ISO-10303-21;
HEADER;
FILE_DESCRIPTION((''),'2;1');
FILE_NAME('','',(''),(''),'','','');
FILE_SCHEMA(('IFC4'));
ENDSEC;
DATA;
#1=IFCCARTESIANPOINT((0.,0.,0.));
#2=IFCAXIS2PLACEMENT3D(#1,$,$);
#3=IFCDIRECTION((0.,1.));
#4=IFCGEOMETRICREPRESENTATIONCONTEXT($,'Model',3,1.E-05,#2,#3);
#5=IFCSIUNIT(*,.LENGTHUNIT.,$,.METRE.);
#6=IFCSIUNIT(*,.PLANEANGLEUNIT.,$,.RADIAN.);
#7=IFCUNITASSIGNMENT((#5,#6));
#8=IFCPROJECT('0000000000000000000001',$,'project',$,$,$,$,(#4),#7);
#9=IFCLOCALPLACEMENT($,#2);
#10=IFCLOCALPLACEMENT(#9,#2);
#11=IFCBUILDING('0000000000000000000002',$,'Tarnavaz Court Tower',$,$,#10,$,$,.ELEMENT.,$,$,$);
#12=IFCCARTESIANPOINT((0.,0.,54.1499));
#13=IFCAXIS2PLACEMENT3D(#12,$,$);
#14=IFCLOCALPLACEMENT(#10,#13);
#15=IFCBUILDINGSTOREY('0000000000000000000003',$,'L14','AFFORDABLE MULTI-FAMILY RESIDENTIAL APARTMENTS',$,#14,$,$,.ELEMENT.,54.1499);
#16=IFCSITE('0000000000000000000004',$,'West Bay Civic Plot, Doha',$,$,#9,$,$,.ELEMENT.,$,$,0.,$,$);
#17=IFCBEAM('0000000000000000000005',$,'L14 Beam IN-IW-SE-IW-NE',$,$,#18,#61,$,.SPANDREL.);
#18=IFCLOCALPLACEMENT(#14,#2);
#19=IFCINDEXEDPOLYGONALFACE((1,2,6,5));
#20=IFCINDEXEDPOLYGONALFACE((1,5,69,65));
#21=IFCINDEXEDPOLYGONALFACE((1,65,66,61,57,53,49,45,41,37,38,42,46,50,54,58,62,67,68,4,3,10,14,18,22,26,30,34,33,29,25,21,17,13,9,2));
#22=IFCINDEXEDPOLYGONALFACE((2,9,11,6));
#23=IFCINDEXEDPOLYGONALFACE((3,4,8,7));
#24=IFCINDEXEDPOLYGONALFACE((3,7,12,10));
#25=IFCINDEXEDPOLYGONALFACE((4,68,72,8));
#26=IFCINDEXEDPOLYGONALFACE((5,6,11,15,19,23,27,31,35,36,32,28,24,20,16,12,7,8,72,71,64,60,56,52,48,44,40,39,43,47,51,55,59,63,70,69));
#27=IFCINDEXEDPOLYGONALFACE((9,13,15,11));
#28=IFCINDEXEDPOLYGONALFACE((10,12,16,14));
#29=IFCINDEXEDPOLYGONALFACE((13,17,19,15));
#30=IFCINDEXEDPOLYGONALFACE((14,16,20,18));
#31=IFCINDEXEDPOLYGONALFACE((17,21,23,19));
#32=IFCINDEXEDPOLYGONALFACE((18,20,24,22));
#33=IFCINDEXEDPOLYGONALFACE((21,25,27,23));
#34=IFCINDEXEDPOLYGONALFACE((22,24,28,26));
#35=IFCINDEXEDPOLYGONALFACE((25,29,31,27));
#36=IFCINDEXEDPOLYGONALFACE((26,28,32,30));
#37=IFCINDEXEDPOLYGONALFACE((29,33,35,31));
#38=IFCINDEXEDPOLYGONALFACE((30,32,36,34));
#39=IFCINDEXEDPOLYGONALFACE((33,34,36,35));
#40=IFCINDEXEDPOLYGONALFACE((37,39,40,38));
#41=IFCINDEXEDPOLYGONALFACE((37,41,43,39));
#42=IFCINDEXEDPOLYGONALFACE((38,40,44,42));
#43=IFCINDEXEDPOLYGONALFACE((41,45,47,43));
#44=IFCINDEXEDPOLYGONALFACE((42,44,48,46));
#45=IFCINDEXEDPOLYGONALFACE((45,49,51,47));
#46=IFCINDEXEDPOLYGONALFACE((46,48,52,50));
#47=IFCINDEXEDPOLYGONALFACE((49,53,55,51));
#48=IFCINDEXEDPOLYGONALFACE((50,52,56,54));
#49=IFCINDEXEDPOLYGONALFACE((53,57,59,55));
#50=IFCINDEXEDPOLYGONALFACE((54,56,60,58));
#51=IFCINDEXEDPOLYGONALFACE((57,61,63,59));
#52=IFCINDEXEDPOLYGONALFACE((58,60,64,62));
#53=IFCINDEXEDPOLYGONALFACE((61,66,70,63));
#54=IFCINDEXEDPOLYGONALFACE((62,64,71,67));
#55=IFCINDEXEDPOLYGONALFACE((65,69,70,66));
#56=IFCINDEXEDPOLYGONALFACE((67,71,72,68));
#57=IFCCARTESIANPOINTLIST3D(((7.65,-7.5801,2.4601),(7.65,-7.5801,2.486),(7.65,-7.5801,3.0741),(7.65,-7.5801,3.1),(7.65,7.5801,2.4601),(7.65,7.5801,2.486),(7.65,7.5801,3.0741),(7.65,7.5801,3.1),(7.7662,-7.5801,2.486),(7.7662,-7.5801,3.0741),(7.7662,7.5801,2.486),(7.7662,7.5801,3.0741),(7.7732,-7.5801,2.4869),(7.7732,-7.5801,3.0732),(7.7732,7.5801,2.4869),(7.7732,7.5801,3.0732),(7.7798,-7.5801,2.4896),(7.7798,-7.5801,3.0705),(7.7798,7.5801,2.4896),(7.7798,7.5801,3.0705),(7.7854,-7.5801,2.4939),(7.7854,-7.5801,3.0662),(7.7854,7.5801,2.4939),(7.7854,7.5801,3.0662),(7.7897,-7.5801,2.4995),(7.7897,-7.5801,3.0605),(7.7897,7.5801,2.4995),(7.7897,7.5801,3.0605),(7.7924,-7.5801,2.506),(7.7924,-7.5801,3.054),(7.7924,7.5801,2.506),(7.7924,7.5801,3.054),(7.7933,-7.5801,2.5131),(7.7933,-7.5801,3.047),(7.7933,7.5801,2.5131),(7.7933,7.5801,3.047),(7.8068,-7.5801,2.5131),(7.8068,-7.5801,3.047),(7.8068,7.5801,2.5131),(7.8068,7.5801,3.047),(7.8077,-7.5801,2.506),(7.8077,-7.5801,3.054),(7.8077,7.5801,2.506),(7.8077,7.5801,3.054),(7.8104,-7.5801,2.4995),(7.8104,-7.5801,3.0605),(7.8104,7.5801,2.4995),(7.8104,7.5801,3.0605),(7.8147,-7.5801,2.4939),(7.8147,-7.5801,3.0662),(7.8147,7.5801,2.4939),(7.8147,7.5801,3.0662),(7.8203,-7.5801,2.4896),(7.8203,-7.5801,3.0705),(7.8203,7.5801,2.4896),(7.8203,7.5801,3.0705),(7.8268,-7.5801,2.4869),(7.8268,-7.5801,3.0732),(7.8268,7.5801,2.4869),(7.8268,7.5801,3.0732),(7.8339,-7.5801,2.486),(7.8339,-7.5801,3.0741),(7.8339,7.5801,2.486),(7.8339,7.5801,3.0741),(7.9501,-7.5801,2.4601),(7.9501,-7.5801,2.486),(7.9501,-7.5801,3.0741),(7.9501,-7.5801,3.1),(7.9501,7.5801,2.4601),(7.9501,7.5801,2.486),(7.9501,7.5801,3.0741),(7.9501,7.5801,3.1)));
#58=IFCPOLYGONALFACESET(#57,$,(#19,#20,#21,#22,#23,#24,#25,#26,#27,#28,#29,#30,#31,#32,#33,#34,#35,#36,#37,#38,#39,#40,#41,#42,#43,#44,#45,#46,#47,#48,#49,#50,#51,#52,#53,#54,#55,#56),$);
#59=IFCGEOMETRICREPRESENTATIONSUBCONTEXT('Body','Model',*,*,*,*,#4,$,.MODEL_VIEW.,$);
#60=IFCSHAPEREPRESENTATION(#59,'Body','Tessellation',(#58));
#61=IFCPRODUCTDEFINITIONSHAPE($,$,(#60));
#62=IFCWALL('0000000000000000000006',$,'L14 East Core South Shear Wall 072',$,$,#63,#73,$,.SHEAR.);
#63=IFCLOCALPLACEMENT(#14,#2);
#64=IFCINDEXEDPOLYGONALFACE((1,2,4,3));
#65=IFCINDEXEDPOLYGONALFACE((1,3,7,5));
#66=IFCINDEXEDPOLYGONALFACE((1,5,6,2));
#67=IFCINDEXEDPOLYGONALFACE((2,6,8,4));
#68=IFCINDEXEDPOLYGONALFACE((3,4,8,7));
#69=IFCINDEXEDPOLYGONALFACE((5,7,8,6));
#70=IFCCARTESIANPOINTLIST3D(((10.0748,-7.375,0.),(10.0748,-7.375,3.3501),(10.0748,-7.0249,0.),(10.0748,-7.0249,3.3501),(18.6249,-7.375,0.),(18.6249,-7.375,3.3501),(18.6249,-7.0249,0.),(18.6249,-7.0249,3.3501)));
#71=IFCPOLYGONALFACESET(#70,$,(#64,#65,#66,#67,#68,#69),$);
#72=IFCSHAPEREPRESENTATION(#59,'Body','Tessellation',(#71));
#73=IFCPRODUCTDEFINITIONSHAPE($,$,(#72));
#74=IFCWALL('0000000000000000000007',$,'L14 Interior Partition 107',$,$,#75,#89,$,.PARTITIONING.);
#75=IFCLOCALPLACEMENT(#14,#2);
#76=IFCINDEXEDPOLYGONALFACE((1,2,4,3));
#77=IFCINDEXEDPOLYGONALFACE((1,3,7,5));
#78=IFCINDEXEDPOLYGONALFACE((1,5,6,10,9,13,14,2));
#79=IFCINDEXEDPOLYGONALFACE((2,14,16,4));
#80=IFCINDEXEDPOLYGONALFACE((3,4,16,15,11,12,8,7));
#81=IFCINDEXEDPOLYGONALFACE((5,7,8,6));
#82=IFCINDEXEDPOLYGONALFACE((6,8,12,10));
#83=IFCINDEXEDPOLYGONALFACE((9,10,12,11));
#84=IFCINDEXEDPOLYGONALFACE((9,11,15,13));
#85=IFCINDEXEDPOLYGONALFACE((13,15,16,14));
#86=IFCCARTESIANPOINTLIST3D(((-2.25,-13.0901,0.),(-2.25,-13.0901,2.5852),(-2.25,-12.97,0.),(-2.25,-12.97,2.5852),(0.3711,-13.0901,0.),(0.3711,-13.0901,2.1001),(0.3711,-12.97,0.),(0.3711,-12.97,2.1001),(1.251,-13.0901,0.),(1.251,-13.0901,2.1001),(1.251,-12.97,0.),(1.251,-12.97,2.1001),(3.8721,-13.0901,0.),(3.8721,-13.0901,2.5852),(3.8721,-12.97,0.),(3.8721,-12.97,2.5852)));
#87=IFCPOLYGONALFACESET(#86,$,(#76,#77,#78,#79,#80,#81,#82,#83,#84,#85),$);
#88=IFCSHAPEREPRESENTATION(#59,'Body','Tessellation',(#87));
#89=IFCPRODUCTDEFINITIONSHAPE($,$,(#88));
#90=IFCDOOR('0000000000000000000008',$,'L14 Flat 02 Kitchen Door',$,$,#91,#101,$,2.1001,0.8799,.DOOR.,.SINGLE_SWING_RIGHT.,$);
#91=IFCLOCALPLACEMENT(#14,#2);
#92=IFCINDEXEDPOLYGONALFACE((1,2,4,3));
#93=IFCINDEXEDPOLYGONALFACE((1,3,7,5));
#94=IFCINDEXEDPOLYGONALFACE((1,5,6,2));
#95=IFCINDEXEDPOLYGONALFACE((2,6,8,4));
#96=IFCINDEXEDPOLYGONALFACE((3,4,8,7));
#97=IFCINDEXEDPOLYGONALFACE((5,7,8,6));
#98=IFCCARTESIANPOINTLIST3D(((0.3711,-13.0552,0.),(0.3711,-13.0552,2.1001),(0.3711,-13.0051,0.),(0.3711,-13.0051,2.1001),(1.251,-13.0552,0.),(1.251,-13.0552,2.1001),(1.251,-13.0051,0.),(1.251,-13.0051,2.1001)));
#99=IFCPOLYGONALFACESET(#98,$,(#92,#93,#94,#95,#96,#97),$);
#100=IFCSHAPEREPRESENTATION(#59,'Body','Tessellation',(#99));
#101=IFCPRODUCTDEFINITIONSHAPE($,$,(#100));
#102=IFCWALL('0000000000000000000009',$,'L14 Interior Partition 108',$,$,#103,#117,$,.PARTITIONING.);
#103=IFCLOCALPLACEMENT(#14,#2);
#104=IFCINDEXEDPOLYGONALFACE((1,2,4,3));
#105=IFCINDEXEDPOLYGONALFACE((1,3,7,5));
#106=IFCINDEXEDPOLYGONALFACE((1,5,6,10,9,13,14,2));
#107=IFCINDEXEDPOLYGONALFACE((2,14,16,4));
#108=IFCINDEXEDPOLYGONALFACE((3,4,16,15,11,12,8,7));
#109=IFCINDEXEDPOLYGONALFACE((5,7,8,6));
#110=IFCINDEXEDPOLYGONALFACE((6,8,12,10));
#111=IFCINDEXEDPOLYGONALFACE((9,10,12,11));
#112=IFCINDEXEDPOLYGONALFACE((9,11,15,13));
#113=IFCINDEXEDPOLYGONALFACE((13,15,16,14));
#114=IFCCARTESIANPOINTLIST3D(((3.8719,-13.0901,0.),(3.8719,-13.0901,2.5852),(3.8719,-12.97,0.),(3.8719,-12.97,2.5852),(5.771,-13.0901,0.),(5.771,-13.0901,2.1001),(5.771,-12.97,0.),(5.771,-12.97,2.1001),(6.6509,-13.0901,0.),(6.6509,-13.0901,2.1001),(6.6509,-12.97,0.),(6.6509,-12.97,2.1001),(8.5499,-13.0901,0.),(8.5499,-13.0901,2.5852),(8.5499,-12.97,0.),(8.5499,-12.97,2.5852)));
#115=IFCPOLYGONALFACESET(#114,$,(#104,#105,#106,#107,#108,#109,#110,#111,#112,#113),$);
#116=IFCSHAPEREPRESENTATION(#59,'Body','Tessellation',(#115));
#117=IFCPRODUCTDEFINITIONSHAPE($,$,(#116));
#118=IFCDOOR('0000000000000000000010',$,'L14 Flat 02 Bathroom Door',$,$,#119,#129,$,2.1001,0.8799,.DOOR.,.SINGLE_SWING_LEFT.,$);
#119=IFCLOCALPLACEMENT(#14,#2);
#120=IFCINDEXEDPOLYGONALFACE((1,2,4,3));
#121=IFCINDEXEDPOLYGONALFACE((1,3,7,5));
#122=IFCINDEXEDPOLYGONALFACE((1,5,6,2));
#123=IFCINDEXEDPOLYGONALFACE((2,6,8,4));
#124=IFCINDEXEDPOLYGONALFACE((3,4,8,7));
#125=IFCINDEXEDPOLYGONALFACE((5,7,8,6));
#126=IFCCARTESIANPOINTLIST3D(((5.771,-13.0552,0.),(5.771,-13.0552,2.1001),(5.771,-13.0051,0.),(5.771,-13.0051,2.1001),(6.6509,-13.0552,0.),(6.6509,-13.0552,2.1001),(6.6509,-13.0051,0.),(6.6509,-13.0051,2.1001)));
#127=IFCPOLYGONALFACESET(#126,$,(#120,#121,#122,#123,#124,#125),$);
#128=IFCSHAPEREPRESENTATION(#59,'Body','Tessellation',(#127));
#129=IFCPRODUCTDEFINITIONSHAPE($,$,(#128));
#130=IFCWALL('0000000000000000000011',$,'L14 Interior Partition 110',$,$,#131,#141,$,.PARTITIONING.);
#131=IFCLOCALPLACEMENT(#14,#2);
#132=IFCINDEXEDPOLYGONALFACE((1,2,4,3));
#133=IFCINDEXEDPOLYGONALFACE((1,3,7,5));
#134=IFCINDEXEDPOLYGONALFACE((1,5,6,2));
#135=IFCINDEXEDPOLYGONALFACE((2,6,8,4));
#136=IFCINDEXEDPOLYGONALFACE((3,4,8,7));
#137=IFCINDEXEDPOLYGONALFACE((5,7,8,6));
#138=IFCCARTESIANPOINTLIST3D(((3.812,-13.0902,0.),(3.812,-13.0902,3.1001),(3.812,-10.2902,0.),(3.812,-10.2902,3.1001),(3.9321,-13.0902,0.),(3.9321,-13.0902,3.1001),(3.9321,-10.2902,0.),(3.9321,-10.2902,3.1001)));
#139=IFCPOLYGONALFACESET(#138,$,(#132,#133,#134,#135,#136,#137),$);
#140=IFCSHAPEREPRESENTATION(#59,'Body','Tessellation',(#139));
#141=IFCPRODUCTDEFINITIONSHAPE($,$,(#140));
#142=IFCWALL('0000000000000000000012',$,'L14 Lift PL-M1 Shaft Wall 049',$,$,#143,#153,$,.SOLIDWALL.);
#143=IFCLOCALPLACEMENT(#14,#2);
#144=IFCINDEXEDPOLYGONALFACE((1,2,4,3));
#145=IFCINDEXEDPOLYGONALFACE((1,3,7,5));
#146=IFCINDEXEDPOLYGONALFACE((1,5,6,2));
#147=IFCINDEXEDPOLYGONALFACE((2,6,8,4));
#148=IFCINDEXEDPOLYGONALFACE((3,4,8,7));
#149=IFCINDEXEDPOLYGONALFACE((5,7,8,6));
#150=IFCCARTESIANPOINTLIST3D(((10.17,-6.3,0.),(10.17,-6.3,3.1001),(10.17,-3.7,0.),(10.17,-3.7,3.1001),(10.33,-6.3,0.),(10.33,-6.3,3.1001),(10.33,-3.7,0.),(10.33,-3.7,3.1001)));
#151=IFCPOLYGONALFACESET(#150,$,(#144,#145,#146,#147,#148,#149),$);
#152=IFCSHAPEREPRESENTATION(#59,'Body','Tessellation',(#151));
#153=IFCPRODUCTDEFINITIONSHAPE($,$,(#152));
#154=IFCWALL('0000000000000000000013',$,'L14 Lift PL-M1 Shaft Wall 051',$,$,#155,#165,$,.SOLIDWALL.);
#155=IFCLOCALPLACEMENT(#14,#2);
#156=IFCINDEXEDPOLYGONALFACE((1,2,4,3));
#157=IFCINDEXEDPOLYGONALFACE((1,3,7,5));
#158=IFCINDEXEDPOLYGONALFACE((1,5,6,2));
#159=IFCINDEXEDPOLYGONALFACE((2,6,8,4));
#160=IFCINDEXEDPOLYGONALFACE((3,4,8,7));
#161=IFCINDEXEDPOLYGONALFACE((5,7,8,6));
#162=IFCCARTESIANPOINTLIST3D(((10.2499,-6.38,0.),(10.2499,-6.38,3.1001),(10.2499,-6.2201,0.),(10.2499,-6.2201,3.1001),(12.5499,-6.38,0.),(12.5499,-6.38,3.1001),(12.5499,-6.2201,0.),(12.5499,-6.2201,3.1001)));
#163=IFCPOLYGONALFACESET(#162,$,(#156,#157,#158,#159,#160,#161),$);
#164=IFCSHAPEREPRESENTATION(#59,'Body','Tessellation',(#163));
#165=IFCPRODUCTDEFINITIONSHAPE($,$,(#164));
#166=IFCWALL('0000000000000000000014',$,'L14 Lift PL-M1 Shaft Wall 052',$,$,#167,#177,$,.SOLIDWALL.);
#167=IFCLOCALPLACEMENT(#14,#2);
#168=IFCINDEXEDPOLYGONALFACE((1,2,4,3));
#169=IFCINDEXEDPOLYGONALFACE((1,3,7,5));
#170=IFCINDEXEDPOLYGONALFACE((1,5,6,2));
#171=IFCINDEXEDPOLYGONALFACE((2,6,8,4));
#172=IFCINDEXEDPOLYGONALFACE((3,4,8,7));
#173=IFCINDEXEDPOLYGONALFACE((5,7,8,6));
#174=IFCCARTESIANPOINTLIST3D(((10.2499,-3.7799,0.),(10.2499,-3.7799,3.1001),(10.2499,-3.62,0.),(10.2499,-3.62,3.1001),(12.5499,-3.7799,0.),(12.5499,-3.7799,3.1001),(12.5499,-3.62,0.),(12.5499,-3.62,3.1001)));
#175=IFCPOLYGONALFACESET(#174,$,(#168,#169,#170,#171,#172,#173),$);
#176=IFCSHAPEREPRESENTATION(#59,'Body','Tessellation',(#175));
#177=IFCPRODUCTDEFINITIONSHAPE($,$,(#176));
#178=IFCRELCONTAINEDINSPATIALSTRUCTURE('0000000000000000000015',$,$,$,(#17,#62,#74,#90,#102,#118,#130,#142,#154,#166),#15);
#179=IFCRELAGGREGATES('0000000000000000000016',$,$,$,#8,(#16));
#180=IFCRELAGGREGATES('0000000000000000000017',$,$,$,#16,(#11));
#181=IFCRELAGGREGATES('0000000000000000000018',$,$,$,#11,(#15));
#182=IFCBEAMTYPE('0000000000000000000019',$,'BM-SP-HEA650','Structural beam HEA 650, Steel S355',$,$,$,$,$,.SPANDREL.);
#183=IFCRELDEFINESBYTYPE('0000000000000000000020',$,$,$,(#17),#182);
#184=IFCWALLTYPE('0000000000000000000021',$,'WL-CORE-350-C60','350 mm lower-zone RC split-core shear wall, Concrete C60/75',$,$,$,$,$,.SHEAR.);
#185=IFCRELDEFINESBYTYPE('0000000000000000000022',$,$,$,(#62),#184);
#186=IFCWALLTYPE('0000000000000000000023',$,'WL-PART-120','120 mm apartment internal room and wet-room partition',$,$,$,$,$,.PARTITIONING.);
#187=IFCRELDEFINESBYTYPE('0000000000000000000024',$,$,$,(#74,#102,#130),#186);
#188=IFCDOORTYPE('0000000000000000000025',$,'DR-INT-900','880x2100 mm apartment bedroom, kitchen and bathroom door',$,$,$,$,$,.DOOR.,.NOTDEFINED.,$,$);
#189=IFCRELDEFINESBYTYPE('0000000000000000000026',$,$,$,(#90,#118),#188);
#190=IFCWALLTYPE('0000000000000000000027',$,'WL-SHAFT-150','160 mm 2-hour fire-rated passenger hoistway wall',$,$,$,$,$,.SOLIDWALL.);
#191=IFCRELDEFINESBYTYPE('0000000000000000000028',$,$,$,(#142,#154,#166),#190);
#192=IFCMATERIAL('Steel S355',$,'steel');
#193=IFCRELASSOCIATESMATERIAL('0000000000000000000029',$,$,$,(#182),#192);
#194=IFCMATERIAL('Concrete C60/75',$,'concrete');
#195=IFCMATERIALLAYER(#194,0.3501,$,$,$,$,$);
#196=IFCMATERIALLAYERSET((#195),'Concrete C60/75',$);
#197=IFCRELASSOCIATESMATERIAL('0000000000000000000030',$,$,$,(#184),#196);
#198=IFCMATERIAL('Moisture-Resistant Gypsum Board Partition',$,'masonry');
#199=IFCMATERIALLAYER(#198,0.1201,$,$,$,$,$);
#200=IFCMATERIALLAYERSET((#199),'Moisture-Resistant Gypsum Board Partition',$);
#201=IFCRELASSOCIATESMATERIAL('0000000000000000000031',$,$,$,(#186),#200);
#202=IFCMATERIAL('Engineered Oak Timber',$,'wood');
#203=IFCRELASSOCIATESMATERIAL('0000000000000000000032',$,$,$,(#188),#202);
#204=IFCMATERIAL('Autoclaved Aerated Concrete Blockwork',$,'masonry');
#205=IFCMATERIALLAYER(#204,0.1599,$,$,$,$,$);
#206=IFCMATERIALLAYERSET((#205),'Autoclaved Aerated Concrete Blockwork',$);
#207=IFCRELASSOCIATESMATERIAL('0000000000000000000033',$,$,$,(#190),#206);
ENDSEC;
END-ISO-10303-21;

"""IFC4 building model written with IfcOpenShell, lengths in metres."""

from ifc_helpers import new_model, si_unit, direction, frame, frame_2d, origin, origin_2d, place, context, subcontext, project, spatial, rectangle, i_section, extrude, material, layer, layer_set, material_profile, profile_set, type_object, element, fill, save


model = new_model("IFC4")

# Units and contexts
model_context = context("Model", 3, precision=1e-05, world=origin(), true_north=direction((0.0, 1.0)))
body_context = subcontext(model_context, "Body", "Model", "MODEL_VIEW")
ifc_project = project(units=[si_unit("LENGTHUNIT", "METRE"), si_unit("PLANEANGLEUNIT", "RADIAN")], contexts=[model_context])

# Site, building, storey
site_placement = place(None, origin())
site = spatial("IfcSite", under=ifc_project, at=site_placement, Name="West Bay Civic Plot, Doha", CompositionType="ELEMENT", RefElevation=0.0)
building_placement = place(site_placement, origin())
building = spatial("IfcBuilding", under=site, at=building_placement, Name="Tarnavaz Court Tower", CompositionType="ELEMENT")
storey_placement = place(building_placement, frame((0.0, 0.0, 54.1499)))
storey = spatial("IfcBuildingStorey", under=building, at=storey_placement, Name="L14", Description="AFFORDABLE MULTI-FAMILY RESIDENTIAL APARTMENTS", CompositionType="ELEMENT", Elevation=54.1499)

# Shared definitions
ifc_material_1 = material(Name="Concrete C60/75", Category="concrete")

# Beam
ifc_material_2 = material(Name="Steel S355", Category="steel")
ifc_material_profile_1 = material_profile(ifc_material_2, i_section(OverallWidth=0.3, OverallDepth=0.6399, WebThickness=0.0134, FlangeThickness=0.0259, FilletRadius=0.0271, at=origin_2d()), Name="HEA 650")
ifc_profile_set_1 = profile_set([ifc_material_profile_1], Name="Steel S355")
beam_type_1 = type_object("IfcBeamType", Name="BM-SP-HEA650", Description="Structural beam HEA 650, Steel S355", PredefinedType="SPANDREL", material=ifc_profile_set_1)
beam_1_placement = place(storey_placement, frame((7.8, -7.5801, 2.78), z_axis=(0.0, 1.0, 0.0), x_axis=(-1.0, 0.0, 0.0)))
element("IfcBeam", 1, at=beam_1_placement, inside=storey, type_object=beam_type_1, Name="L14 Beam IN-IW-SE-IW-NE", PredefinedType="SPANDREL", context=body_context, shape_type="SweptSolid", body=[
    extrude(i_section(OverallWidth=0.3, OverallDepth=0.6399, WebThickness=0.0134, FlangeThickness=0.0259, FilletRadius=0.0271, at=origin_2d()), origin(), (0.0, 0.0, 1.0), 15.1602),
])

# Wall
ifc_layer_1 = layer(ifc_material_1, 0.3501)
ifc_layer_set_1 = layer_set([ifc_layer_1], Name="Concrete C60/75")
wall_type_1 = type_object("IfcWallType", Name="WL-CORE-350-C60", Description="350 mm lower-zone RC split-core shear wall, Concrete C60/75", PredefinedType="SHEAR", material=ifc_layer_set_1)
wall_1_placement = place(storey_placement, frame((10.075, -7.2, 0.0), z_axis=(0.0, 0.0, 1.0), x_axis=(1.0, 0.0, 0.0)))
element("IfcWall", 2, at=wall_1_placement, inside=storey, type_object=wall_type_1, Name="L14 East Core South Shear Wall 072", PredefinedType="SHEAR", context=body_context, shape_type="SweptSolid", body=[
    extrude(rectangle(XDim=8.55, YDim=0.3501, at=frame_2d((4.2749, 0.0))), origin(), (0.0, 0.0, 1.0), 3.3501),
])

# Shared definitions
ifc_material_3 = material(Name="Engineered Oak Timber", Category="wood")

# Walls, openings, doors
ifc_material_4 = material(Name="Moisture-Resistant Gypsum Board Partition", Category="masonry")
ifc_layer_2 = layer(ifc_material_4, 0.1201)
ifc_layer_set_2 = layer_set([ifc_layer_2], Name="Moisture-Resistant Gypsum Board Partition")
wall_type_2 = type_object("IfcWallType", Name="WL-PART-120", Description="120 mm apartment internal room and wet-room partition", PredefinedType="PARTITIONING", material=ifc_layer_set_2)
wall_2_placement = place(storey_placement, frame((-2.25, -13.03, 0.0), z_axis=(0.0, 0.0, 1.0), x_axis=(1.0, 0.0, 0.0)))
wall_2 = element("IfcWall", 3, at=wall_2_placement, inside=storey, type_object=wall_type_2, Name="L14 Interior Partition 107", PredefinedType="PARTITIONING", context=body_context, shape_type="SweptSolid", body=[
    extrude(rectangle(XDim=6.1221, YDim=0.1201, at=frame_2d((3.061, 0.0))), origin(), (0.0, 0.0, 1.0), 2.5852),
])
opening_1_placement = place(wall_2_placement, frame((2.6211, 0.0, 0.0)))
opening_1 = element("IfcOpeningElement", 4, at=opening_1_placement, cuts=wall_2, PredefinedType="OPENING", context=body_context, shape_type="SweptSolid", body=[
    extrude(rectangle(XDim=0.8799, YDim=2.1001, at=frame_2d((0.4399, 1.05))), frame((0.0, 0.0701, 0.0), z_axis=(0.0, -1.0, 0.0), x_axis=(1.0, 0.0, 0.0)), (0.0, 0.0, 1.0), 0.1401),
])
door_type_1 = type_object("IfcDoorType", Name="DR-INT-900", Description="880x2100 mm apartment bedroom, kitchen and bathroom door", OperationType="NOTDEFINED", PredefinedType="DOOR", material=ifc_material_3)
door_1_placement = place(opening_1_placement, origin())
door_1 = element("IfcDoor", 5, at=door_1_placement, inside=storey, type_object=door_type_1, Name="L14 Flat 02 Kitchen Door", OperationType="SINGLE_SWING_RIGHT", OverallHeight=2.1001, OverallWidth=0.8799, PredefinedType="DOOR", context=body_context, shape_type="SweptSolid", body=[
    extrude(rectangle(XDim=0.8799, YDim=2.1001, at=frame_2d((0.4399, 1.05))), frame((0.0, 0.0249, 0.0), z_axis=(0.0, -1.0, 0.0), x_axis=(1.0, 0.0, 0.0)), (0.0, 0.0, 1.0), 0.05),
])
fill(opening_1, door_1)
wall_3_placement = place(storey_placement, frame((3.8721, -13.03, 0.0), z_axis=(0.0, 0.0, 1.0), x_axis=(1.0, 0.0, 0.0)))
wall_3 = element("IfcWall", 6, at=wall_3_placement, inside=storey, type_object=wall_type_2, Name="L14 Interior Partition 108", PredefinedType="PARTITIONING", context=body_context, shape_type="SweptSolid", body=[
    extrude(rectangle(XDim=4.678, YDim=0.1201, at=frame_2d((2.3389, 0.0))), origin(), (0.0, 0.0, 1.0), 2.5852),
])
opening_2_placement = place(wall_3_placement, frame((1.8989, 0.0, 0.0)))
opening_2 = element("IfcOpeningElement", 7, at=opening_2_placement, cuts=wall_3, PredefinedType="OPENING", context=body_context, shape_type="SweptSolid", body=[
    extrude(rectangle(XDim=0.8799, YDim=2.1001, at=frame_2d((0.4399, 1.05))), frame((0.0, 0.0701, 0.0), z_axis=(0.0, -1.0, 0.0), x_axis=(1.0, 0.0, 0.0)), (0.0, 0.0, 1.0), 0.1401),
])
door_2_placement = place(opening_2_placement, origin())
door_2 = element("IfcDoor", 8, at=door_2_placement, inside=storey, type_object=door_type_1, Name="L14 Flat 02 Bathroom Door", OperationType="SINGLE_SWING_LEFT", OverallHeight=2.1001, OverallWidth=0.8799, PredefinedType="DOOR", context=body_context, shape_type="SweptSolid", body=[
    extrude(rectangle(XDim=0.8799, YDim=2.1001, at=frame_2d((0.4399, 1.05))), frame((0.0, 0.0249, 0.0), z_axis=(0.0, -1.0, 0.0), x_axis=(1.0, 0.0, 0.0)), (0.0, 0.0, 1.0), 0.05),
])
fill(opening_2, door_2)

# Walls
wall_4_placement = place(storey_placement, frame((3.8721, -13.0901, 0.0), z_axis=(0.0, 0.0, 1.0), x_axis=(0.0, 1.0, 0.0)))
element("IfcWall", 9, at=wall_4_placement, inside=storey, type_object=wall_type_2, Name="L14 Interior Partition 110", PredefinedType="PARTITIONING", context=body_context, shape_type="SweptSolid", body=[
    extrude(rectangle(XDim=2.8, YDim=0.1201, at=frame_2d((1.3999, 0.0))), origin(), (0.0, 0.0, 1.0), 3.1001),
])
ifc_material_5 = material(Name="Autoclaved Aerated Concrete Blockwork", Category="masonry")
ifc_layer_3 = layer(ifc_material_5, 0.1599)
ifc_layer_set_3 = layer_set([ifc_layer_3], Name="Autoclaved Aerated Concrete Blockwork")
wall_type_3 = type_object("IfcWallType", Name="WL-SHAFT-150", Description="160 mm 2-hour fire-rated passenger hoistway wall", PredefinedType="SOLIDWALL", material=ifc_layer_set_3)
wall_5_placement = place(storey_placement, frame((10.25, -6.3, 0.0), z_axis=(0.0, 0.0, 1.0), x_axis=(0.0, 1.0, 0.0)))
element("IfcWall", 10, at=wall_5_placement, inside=storey, type_object=wall_type_3, Name="L14 Lift PL-M1 Shaft Wall 049", PredefinedType="SOLIDWALL", context=body_context, shape_type="SweptSolid", body=[
    extrude(rectangle(XDim=2.6001, YDim=0.1599, at=frame_2d((1.3, 0.0))), origin(), (0.0, 0.0, 1.0), 3.1001),
])
for number, where, z_axis, x_axis, name in (
    (11, (10.25, -6.3, 0.0), (0.0, 0.0, 1.0), (1.0, 0.0, 0.0), "L14 Lift PL-M1 Shaft Wall 051"),
    (12, (10.25, -3.7, 0.0), (0.0, 0.0, 1.0), (1.0, 0.0, 0.0), "L14 Lift PL-M1 Shaft Wall 052"),
):
    element("IfcWall", number, at=place(storey_placement, frame(where, z_axis=z_axis, x_axis=x_axis)), inside=storey, type_object=wall_type_3, Name=name, PredefinedType="SOLIDWALL", context=body_context, shape_type="SweptSolid", body=[
        extrude(rectangle(XDim=2.3, YDim=0.1599, at=frame_2d((1.1499, 0.0))), origin(), (0.0, 0.0, 1.0), 3.1001),
    ])

save(model, "model.ifc")
